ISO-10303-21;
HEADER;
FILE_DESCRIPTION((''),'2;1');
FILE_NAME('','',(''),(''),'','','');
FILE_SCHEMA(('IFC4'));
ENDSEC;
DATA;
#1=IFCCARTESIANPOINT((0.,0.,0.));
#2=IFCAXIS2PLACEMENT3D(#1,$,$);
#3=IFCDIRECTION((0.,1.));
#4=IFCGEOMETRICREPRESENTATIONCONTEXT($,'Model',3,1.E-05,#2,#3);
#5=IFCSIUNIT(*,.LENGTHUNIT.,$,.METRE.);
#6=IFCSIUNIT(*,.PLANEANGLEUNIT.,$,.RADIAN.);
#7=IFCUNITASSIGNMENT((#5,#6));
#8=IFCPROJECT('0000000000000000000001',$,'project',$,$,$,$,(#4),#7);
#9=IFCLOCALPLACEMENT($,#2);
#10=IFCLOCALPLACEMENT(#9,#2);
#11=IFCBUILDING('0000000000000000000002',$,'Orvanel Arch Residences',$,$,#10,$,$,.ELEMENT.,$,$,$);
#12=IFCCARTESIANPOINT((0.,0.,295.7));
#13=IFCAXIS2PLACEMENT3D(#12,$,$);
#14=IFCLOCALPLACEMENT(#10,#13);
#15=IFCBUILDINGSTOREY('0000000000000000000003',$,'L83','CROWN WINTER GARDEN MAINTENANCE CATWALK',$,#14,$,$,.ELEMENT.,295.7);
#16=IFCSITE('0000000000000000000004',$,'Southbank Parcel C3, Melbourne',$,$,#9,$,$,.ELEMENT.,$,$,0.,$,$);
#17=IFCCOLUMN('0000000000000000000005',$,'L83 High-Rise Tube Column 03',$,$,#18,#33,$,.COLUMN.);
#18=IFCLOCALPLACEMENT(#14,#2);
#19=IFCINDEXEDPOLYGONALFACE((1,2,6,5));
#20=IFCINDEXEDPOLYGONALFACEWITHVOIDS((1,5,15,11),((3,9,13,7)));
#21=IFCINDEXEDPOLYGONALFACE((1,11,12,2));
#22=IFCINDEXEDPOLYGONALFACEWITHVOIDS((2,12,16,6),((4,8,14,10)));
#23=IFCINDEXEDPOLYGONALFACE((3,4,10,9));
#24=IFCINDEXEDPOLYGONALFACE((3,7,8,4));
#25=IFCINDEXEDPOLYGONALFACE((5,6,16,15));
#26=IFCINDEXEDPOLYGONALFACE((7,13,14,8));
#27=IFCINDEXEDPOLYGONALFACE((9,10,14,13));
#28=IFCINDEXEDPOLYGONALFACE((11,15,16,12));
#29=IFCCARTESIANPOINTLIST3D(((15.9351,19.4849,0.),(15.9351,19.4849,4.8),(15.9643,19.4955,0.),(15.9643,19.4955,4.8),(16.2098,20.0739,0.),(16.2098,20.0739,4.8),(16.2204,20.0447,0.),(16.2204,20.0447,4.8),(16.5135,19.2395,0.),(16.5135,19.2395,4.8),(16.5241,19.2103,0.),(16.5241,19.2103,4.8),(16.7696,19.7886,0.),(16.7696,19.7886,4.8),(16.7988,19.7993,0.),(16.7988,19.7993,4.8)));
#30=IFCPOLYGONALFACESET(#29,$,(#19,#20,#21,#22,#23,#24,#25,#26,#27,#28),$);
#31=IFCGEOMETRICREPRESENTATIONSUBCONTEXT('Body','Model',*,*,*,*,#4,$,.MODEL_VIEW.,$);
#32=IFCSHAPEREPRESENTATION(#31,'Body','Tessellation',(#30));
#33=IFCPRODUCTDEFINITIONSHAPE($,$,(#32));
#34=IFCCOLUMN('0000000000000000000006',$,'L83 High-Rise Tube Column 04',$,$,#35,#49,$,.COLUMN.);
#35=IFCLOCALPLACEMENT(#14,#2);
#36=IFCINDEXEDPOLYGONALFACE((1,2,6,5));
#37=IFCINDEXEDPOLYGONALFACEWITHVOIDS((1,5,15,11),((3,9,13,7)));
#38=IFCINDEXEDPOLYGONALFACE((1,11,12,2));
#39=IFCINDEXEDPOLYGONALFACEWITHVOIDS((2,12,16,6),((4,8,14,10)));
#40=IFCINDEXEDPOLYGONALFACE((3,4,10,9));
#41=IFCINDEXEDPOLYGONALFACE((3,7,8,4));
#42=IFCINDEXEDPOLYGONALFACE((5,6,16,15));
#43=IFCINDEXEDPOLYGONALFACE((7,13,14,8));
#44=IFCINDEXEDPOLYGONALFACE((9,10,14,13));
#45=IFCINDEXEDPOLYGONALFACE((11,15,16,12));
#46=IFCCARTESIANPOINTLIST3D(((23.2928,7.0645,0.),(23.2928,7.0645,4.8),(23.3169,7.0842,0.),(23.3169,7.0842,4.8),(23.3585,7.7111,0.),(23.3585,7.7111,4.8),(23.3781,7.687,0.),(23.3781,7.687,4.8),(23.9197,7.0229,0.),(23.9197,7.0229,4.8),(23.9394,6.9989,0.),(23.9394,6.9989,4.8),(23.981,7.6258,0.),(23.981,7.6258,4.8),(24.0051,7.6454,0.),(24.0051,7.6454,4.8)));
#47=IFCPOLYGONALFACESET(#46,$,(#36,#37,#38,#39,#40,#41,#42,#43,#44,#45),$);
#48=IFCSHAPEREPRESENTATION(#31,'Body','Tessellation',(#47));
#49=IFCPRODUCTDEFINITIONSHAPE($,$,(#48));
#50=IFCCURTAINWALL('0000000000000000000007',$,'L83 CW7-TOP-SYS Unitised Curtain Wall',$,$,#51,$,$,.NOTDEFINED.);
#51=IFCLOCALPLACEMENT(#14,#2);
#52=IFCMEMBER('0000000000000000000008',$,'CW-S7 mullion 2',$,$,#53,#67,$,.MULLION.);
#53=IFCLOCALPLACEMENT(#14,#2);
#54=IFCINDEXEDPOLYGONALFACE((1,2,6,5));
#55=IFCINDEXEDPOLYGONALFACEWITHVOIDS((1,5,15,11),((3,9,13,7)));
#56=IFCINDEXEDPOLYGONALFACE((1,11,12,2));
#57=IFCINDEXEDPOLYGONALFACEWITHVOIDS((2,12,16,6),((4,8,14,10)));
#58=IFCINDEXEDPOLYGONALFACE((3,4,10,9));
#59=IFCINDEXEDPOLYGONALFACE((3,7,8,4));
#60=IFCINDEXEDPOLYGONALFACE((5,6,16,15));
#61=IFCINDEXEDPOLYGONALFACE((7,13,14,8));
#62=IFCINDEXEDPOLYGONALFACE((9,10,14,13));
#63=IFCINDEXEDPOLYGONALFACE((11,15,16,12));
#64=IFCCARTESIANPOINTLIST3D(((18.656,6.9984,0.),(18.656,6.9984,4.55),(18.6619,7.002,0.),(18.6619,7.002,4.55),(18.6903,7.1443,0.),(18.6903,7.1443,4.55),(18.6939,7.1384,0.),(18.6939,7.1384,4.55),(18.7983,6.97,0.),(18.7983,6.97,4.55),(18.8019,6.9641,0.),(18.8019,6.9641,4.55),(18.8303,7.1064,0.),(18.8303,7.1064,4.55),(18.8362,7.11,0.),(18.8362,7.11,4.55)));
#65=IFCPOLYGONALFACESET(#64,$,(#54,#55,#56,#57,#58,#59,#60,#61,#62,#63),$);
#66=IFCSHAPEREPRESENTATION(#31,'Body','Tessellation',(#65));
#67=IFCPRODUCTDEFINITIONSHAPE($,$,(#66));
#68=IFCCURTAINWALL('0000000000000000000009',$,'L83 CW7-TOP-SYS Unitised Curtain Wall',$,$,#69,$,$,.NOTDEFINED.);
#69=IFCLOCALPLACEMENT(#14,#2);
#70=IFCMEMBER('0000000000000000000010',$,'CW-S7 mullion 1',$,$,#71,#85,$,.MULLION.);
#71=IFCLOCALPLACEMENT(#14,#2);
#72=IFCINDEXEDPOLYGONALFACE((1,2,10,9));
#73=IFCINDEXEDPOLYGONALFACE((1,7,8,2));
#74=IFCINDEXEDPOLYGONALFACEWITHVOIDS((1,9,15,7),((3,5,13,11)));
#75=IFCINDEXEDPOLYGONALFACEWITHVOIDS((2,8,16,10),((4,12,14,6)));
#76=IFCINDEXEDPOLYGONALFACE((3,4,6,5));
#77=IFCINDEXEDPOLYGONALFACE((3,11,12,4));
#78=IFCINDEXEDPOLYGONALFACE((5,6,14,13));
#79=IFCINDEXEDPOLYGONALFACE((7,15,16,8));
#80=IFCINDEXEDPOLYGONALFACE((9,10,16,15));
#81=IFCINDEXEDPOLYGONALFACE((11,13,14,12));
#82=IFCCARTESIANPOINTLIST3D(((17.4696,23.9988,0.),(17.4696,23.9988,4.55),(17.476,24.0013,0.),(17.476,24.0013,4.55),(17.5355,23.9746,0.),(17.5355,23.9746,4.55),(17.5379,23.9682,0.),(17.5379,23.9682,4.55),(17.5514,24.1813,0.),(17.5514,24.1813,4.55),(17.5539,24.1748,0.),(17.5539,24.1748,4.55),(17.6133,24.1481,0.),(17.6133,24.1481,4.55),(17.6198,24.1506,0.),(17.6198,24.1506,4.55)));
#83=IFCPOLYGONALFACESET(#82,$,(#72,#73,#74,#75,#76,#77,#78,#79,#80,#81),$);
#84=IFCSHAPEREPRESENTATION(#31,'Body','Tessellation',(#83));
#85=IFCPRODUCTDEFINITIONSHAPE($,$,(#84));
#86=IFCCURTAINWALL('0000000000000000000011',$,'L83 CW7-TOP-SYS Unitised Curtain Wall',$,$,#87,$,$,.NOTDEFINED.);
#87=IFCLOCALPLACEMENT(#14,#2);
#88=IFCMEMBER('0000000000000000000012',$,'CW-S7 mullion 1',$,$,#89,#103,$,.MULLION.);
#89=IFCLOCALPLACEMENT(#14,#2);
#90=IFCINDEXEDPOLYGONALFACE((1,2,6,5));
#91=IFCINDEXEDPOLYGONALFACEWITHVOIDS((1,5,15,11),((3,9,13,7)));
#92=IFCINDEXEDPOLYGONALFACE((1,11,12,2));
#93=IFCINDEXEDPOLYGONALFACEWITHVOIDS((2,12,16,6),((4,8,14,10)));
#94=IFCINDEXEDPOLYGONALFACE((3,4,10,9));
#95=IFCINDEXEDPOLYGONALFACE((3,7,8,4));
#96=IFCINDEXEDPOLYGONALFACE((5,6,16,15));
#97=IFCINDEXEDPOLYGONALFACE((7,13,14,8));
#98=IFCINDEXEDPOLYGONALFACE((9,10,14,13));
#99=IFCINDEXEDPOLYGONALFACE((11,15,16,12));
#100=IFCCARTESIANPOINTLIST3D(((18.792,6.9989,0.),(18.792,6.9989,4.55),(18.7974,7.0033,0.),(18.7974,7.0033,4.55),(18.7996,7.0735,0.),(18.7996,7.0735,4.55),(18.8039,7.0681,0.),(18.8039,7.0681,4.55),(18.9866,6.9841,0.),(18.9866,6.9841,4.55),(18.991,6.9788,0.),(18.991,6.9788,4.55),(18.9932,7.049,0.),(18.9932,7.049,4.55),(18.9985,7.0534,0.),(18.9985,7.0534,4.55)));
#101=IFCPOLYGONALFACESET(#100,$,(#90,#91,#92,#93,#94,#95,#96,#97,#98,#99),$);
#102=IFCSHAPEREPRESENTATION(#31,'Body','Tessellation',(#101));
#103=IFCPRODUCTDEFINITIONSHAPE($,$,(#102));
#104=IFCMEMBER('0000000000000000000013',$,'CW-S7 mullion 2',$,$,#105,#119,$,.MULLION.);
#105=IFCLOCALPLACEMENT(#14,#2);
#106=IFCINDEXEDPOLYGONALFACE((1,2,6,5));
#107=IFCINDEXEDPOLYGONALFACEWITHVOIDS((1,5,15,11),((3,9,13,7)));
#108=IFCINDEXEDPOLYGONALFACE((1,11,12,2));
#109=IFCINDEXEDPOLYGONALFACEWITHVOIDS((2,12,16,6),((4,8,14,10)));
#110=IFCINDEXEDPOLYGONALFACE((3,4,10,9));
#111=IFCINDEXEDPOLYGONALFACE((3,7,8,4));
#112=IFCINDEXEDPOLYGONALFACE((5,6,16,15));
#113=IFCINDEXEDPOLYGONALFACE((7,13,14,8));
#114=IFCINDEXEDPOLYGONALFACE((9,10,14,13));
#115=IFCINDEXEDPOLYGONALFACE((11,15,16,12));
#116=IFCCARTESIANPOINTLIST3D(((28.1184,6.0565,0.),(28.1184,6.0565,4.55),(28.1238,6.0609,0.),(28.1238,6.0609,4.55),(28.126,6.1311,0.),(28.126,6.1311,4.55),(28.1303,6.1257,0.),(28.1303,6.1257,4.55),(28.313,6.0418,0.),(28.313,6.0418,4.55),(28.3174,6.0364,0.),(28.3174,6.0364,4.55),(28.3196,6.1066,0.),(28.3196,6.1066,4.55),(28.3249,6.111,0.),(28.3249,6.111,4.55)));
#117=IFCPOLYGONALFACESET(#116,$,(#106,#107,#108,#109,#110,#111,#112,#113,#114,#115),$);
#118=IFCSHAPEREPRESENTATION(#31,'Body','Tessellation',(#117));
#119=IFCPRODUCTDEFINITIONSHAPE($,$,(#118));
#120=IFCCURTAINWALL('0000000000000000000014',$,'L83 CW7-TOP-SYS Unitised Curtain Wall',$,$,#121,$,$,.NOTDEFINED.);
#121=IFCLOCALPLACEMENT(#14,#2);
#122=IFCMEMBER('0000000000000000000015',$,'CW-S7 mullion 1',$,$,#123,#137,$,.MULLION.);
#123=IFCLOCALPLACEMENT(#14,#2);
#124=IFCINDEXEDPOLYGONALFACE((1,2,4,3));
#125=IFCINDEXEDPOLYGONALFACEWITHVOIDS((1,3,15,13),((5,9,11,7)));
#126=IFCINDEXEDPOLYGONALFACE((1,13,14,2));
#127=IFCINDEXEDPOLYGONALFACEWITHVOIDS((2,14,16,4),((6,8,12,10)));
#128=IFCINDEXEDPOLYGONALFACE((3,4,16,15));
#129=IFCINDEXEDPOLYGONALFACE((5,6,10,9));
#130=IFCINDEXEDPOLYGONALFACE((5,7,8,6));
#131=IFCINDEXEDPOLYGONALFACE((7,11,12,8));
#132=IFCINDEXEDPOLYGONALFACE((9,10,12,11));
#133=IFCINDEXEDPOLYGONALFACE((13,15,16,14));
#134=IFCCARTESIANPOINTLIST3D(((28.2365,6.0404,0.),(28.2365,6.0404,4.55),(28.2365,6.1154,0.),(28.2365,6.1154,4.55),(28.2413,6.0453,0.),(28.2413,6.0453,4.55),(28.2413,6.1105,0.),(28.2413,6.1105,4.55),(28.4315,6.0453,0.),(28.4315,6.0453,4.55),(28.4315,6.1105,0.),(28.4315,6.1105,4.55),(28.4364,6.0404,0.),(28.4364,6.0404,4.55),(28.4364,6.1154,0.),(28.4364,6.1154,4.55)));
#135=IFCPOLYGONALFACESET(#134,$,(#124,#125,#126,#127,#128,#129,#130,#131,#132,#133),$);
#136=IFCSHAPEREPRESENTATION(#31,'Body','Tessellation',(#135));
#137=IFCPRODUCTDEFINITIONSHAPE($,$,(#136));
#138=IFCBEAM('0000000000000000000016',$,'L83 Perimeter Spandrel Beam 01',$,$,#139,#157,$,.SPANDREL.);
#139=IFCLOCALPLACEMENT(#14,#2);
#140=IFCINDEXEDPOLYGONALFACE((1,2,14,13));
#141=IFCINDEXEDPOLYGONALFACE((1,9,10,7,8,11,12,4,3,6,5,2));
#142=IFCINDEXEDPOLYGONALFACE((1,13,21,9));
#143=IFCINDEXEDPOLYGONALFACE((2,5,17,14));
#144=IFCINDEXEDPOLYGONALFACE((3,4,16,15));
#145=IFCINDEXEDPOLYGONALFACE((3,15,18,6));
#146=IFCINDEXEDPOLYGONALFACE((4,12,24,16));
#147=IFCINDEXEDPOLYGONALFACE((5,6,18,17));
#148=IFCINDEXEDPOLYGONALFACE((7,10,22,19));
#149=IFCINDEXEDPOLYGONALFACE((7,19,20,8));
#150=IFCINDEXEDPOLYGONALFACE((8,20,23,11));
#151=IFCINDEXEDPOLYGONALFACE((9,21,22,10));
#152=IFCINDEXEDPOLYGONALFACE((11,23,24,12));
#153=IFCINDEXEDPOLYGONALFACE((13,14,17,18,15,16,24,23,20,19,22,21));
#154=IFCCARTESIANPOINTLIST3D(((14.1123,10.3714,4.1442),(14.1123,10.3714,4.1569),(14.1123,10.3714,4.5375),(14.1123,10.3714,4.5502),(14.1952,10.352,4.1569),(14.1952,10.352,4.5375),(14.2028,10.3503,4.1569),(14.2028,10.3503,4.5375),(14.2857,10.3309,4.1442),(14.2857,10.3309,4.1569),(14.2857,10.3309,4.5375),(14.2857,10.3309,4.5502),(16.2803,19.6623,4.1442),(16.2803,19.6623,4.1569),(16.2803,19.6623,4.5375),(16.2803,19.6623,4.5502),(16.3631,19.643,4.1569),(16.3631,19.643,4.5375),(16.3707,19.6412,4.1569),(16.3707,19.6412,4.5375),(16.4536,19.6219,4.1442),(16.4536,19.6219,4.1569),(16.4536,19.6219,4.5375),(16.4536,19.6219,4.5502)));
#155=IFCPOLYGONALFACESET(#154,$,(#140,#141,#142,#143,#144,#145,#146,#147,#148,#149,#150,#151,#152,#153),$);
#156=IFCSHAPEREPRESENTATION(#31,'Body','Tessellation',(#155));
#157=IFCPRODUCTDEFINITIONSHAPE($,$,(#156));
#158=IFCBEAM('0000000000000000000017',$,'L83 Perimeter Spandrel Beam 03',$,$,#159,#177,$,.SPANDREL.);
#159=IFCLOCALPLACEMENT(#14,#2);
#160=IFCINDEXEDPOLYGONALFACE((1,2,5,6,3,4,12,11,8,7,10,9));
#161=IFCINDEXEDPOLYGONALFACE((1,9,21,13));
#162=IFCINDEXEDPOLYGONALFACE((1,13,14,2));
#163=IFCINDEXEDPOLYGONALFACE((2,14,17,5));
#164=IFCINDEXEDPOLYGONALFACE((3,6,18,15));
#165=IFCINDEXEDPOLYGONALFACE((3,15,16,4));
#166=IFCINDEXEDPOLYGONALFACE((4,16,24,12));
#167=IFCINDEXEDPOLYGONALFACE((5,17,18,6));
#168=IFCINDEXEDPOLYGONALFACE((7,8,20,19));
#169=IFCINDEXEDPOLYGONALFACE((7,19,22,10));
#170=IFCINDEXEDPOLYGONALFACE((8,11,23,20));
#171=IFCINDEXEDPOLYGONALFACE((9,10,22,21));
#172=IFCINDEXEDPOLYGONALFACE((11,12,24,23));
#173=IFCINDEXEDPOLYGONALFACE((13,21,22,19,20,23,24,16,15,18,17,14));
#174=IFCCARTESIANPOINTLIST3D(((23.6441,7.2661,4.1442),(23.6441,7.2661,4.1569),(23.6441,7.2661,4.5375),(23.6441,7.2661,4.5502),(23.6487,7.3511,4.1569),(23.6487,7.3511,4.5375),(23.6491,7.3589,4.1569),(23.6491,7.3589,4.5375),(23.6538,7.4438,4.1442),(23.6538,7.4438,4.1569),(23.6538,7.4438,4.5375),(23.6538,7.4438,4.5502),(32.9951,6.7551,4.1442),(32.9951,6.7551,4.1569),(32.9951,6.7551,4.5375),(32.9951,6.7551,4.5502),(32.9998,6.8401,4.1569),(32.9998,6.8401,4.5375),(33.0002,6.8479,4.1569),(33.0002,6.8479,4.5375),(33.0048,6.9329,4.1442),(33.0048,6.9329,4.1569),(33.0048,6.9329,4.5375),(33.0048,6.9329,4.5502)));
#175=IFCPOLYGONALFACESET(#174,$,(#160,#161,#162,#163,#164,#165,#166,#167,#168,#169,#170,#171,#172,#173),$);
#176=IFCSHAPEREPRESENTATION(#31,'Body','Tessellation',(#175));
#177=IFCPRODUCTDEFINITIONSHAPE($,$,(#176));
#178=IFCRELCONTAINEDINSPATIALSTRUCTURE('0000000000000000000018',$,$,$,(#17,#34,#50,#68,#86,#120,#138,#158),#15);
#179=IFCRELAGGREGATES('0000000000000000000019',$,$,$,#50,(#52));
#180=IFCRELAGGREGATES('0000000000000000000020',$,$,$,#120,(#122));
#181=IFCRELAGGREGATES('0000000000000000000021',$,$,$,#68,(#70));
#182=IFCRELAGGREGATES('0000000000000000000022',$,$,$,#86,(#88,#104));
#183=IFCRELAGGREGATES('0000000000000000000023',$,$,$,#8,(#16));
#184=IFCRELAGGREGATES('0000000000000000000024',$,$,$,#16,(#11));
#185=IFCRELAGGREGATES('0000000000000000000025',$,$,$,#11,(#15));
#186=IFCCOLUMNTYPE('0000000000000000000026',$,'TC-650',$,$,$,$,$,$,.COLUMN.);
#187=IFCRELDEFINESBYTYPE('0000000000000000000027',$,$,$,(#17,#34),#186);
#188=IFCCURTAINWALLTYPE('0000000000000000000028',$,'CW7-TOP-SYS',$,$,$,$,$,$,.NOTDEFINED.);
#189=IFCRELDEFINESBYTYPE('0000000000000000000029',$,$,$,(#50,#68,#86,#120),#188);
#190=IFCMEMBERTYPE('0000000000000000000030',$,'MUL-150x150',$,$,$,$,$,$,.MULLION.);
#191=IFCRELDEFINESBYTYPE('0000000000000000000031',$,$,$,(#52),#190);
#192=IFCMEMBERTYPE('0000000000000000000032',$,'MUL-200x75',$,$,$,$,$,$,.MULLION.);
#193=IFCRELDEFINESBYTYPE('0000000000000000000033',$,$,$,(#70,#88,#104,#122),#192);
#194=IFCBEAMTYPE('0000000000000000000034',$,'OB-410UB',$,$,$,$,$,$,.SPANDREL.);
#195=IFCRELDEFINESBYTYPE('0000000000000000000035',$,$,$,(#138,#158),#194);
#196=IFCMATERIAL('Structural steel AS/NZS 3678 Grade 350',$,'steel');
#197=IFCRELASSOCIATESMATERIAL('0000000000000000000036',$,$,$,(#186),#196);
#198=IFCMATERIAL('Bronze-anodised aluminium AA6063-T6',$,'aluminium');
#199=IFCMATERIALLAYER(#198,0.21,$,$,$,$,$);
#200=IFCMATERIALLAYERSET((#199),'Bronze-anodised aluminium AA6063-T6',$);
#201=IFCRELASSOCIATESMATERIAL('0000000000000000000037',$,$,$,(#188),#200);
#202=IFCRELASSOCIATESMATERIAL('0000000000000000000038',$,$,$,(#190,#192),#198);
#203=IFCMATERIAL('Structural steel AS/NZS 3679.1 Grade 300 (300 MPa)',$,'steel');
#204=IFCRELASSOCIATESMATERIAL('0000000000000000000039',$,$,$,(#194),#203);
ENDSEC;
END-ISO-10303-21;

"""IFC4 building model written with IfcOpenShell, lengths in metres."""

from ifc_helpers import new_model, si_unit, direction, frame, origin, origin_2d, place, context, subcontext, project, spatial, hollow_rectangle, i_section, extrude, material, layer, layer_set, material_profile, profile_set, type_object, element, aggregate, save


model = new_model("IFC4")

# Units and contexts
model_context = context("Model", 3, precision=1e-05, world=origin(), true_north=direction((0.0, 1.0)))
body_context = subcontext(model_context, "Body", "Model", "MODEL_VIEW")
ifc_project = project(units=[si_unit("LENGTHUNIT", "METRE"), si_unit("PLANEANGLEUNIT", "RADIAN")], contexts=[model_context])

# Site, building, storey
site_placement = place(None, origin())
site = spatial("IfcSite", under=ifc_project, at=site_placement, Name="Southbank Parcel C3, Melbourne", CompositionType="ELEMENT", RefElevation=0.0)
building_placement = place(site_placement, origin())
building = spatial("IfcBuilding", under=site, at=building_placement, Name="Orvanel Arch Residences", CompositionType="ELEMENT")
storey_placement = place(building_placement, frame((0.0, 0.0, 295.7)))
storey = spatial("IfcBuildingStorey", under=building, at=storey_placement, Name="L83", Description="CROWN WINTER GARDEN MAINTENANCE CATWALK", CompositionType="ELEMENT", Elevation=295.7)

# Columns
ifc_material_1 = material(Name="Structural steel AS/NZS 3678 Grade 350", Category="steel")
ifc_material_profile_1 = material_profile(ifc_material_1, hollow_rectangle(XDim=0.6499, YDim=0.6499, WallThickness=0.022, at=origin_2d()), Name="BOX650x650x22")
ifc_profile_set_1 = profile_set([ifc_material_profile_1], Name="Structural steel AS/NZS 3678 Grade 350")
column_type = type_object("IfcColumnType", Name="TC-650", PredefinedType="COLUMN", material=ifc_profile_set_1)
for number, where, z_axis, x_axis, name in (
    (1, (16.3669, 19.6421, 0.0), (0.0, 0.0, 1.0), (0.422618, 0.906308, 0.0), "L83 High-Rise Tube Column 03"),
    (2, (23.6489, 7.355, 0.0), (0.0, 0.0, 1.0), (-0.994881, 0.101056, 0.0), "L83 High-Rise Tube Column 04"),
):
    element("IfcColumn", number, at=place(storey_placement, frame(where, z_axis=z_axis, x_axis=x_axis)), inside=storey, type_object=column_type, Name=name, PredefinedType="COLUMN", context=body_context, shape_type="SweptSolid", body=[
        extrude(hollow_rectangle(XDim=0.6499, YDim=0.6499, WallThickness=0.022, at=origin_2d()), origin(), (0.0, 0.0, 1.0), 4.8),
    ])

# Curtain walls, members
ifc_material_2 = material(Name="Bronze-anodised aluminium AA6063-T6", Category="aluminium")
ifc_layer_1 = layer(ifc_material_2, 0.21)
ifc_layer_set_1 = layer_set([ifc_layer_1], Name="Bronze-anodised aluminium AA6063-T6")
curtain_wall_type = type_object("IfcCurtainWallType", Name="CW7-TOP-SYS", PredefinedType="NOTDEFINED", material=ifc_layer_set_1)
curtain_wall_1_placement = place(storey_placement, origin())
curtain_wall_1 = element("IfcCurtainWall", 3, at=curtain_wall_1_placement, inside=storey, type_object=curtain_wall_type, Name="L83 CW7-TOP-SYS Unitised Curtain Wall", PredefinedType="NOTDEFINED")
ifc_material_profile_2 = material_profile(ifc_material_2, hollow_rectangle(XDim=0.1499, YDim=0.1499, WallThickness=0.0049, at=origin_2d()), Name="ALU150x150x5")
ifc_profile_set_2 = profile_set([ifc_material_profile_2], Name="Bronze-anodised aluminium AA6063-T6")
member_type_1 = type_object("IfcMemberType", Name="MUL-150x150", PredefinedType="MULLION", material=ifc_profile_set_2)
member_1_placement = place(storey_placement, frame((18.7461, 7.0542, 0.0), z_axis=(0.0, 0.0, 1.0), x_axis=(0.228641, 0.973511, 0.0)))
member_1 = element("IfcMember", 4, at=member_1_placement, type_object=member_type_1, Name="CW-S7 mullion 2", PredefinedType="MULLION", context=body_context, shape_type="SweptSolid", body=[
    extrude(hollow_rectangle(XDim=0.1499, YDim=0.1499, WallThickness=0.0049, at=origin_2d()), origin(), (0.0, 0.0, 1.0), 4.55),
])
aggregate(curtain_wall_1, [member_1])
curtain_wall_2_placement = place(storey_placement, origin())
curtain_wall_2 = element("IfcCurtainWall", 5, at=curtain_wall_2_placement, inside=storey, type_object=curtain_wall_type, Name="L83 CW7-TOP-SYS Unitised Curtain Wall", PredefinedType="NOTDEFINED")
ifc_material_profile_3 = material_profile(ifc_material_2, hollow_rectangle(XDim=0.075, YDim=0.2, WallThickness=0.0049, at=origin_2d()), Name="ALU200x75x5")
ifc_profile_set_3 = profile_set([ifc_material_profile_3], Name="Bronze-anodised aluminium AA6063-T6")
member_type_2 = type_object("IfcMemberType", Name="MUL-200x75", PredefinedType="MULLION", material=ifc_profile_set_3)
member_2_placement = place(storey_placement, frame((17.5447, 24.0747, 0.0), z_axis=(0.0, 0.0, 1.0), x_axis=(0.912376, -0.409353, 0.0)))
member_2 = element("IfcMember", 6, at=member_2_placement, type_object=member_type_2, Name="CW-S7 mullion 1", PredefinedType="MULLION", context=body_context, shape_type="SweptSolid", body=[
    extrude(hollow_rectangle(XDim=0.075, YDim=0.2, WallThickness=0.0049, at=origin_2d()), origin(), (0.0, 0.0, 1.0), 4.55),
])

# Curtain wall, members
curtain_wall_3_placement = place(storey_placement, origin())
curtain_wall_3 = element("IfcCurtainWall", 7, at=curtain_wall_3_placement, inside=storey, type_object=curtain_wall_type, Name="L83 CW7-TOP-SYS Unitised Curtain Wall", PredefinedType="NOTDEFINED")
member_3_placement = place(storey_placement, frame((18.8953, 7.0261, 0.0), z_axis=(0.0, 0.0, 1.0), x_axis=(0.100541, 0.994933, 0.0)))
member_3 = element("IfcMember", 8, at=member_3_placement, type_object=member_type_2, Name="CW-S7 mullion 1", PredefinedType="MULLION", context=body_context, shape_type="SweptSolid", body=[
    extrude(hollow_rectangle(XDim=0.075, YDim=0.2, WallThickness=0.0049, at=origin_2d()), origin(), (0.0, 0.0, 1.0), 4.55),
])
member_4_placement = place(storey_placement, frame((28.2217, 6.0837, 0.0), z_axis=(0.0, 0.0, 1.0), x_axis=(0.100541, 0.994933, 0.0)))
member_4 = element("IfcMember", 9, at=member_4_placement, type_object=member_type_2, Name="CW-S7 mullion 2", PredefinedType="MULLION", context=body_context, shape_type="SweptSolid", body=[
    extrude(hollow_rectangle(XDim=0.075, YDim=0.2, WallThickness=0.0049, at=origin_2d()), origin(), (0.0, 0.0, 1.0), 4.55),
])

# Curtain wall, member
curtain_wall_4_placement = place(storey_placement, origin())
curtain_wall_4 = element("IfcCurtainWall", 10, at=curtain_wall_4_placement, inside=storey, type_object=curtain_wall_type, Name="L83 CW7-TOP-SYS Unitised Curtain Wall", PredefinedType="NOTDEFINED")
member_5_placement = place(storey_placement, frame((28.3364, 6.0779, 0.0), z_axis=(0.0, 0.0, 1.0), x_axis=(0.0, 1.0, 0.0)))
member_5 = element("IfcMember", 11, at=member_5_placement, type_object=member_type_2, Name="CW-S7 mullion 1", PredefinedType="MULLION", context=body_context, shape_type="SweptSolid", body=[
    extrude(hollow_rectangle(XDim=0.075, YDim=0.2, WallThickness=0.0049, at=origin_2d()), origin(), (0.0, 0.0, 1.0), 4.55),
])

# Beams
ifc_material_3 = material(Name="Structural steel AS/NZS 3679.1 Grade 300 (300 MPa)", Category="steel")
ifc_material_profile_4 = material_profile(ifc_material_3, i_section(OverallWidth=0.178, OverallDepth=0.406, WebThickness=0.0078, FlangeThickness=0.0127, at=origin_2d()), Name="410UB59.7")
ifc_profile_set_4 = profile_set([ifc_material_profile_4], Name="Structural steel AS/NZS 3679.1 Grade 300 (300 MPa)")
beam_type_1 = type_object("IfcBeamType", Name="OB-410UB", PredefinedType="SPANDREL", material=ifc_profile_set_4)
beam_1_placement = place(storey_placement, frame((16.3669, 19.6421, 4.3472), z_axis=(-0.227236, -0.97384, 0.0), x_axis=(0.97384, -0.227236, 0.0)))
element("IfcBeam", 12, at=beam_1_placement, inside=storey, type_object=beam_type_1, Name="L83 Perimeter Spandrel Beam 01", PredefinedType="SPANDREL", context=body_context, shape_type="SweptSolid", body=[
    extrude(i_section(OverallWidth=0.178, OverallDepth=0.406, WebThickness=0.0078, FlangeThickness=0.0127, at=origin_2d()), origin(), (0.0, 0.0, 1.0), 9.5405),
])
beam_2_placement = place(storey_placement, frame((23.6489, 7.355, 4.3472), z_axis=(0.99851, -0.054563, 0.0), x_axis=(0.054563, 0.99851, 0.0)))
element("IfcBeam", 13, at=beam_2_placement, inside=storey, type_object=beam_type_1, Name="L83 Perimeter Spandrel Beam 03", PredefinedType="SPANDREL", context=body_context, shape_type="SweptSolid", body=[
    extrude(i_section(OverallWidth=0.178, OverallDepth=0.406, WebThickness=0.0078, FlangeThickness=0.0127, at=origin_2d()), origin(), (0.0, 0.0, 1.0), 9.365),
])

aggregate(curtain_wall_4, [member_5])

aggregate(curtain_wall_2, [member_2])
aggregate(curtain_wall_3, [member_3, member_4])

save(model, "model.ifc")
